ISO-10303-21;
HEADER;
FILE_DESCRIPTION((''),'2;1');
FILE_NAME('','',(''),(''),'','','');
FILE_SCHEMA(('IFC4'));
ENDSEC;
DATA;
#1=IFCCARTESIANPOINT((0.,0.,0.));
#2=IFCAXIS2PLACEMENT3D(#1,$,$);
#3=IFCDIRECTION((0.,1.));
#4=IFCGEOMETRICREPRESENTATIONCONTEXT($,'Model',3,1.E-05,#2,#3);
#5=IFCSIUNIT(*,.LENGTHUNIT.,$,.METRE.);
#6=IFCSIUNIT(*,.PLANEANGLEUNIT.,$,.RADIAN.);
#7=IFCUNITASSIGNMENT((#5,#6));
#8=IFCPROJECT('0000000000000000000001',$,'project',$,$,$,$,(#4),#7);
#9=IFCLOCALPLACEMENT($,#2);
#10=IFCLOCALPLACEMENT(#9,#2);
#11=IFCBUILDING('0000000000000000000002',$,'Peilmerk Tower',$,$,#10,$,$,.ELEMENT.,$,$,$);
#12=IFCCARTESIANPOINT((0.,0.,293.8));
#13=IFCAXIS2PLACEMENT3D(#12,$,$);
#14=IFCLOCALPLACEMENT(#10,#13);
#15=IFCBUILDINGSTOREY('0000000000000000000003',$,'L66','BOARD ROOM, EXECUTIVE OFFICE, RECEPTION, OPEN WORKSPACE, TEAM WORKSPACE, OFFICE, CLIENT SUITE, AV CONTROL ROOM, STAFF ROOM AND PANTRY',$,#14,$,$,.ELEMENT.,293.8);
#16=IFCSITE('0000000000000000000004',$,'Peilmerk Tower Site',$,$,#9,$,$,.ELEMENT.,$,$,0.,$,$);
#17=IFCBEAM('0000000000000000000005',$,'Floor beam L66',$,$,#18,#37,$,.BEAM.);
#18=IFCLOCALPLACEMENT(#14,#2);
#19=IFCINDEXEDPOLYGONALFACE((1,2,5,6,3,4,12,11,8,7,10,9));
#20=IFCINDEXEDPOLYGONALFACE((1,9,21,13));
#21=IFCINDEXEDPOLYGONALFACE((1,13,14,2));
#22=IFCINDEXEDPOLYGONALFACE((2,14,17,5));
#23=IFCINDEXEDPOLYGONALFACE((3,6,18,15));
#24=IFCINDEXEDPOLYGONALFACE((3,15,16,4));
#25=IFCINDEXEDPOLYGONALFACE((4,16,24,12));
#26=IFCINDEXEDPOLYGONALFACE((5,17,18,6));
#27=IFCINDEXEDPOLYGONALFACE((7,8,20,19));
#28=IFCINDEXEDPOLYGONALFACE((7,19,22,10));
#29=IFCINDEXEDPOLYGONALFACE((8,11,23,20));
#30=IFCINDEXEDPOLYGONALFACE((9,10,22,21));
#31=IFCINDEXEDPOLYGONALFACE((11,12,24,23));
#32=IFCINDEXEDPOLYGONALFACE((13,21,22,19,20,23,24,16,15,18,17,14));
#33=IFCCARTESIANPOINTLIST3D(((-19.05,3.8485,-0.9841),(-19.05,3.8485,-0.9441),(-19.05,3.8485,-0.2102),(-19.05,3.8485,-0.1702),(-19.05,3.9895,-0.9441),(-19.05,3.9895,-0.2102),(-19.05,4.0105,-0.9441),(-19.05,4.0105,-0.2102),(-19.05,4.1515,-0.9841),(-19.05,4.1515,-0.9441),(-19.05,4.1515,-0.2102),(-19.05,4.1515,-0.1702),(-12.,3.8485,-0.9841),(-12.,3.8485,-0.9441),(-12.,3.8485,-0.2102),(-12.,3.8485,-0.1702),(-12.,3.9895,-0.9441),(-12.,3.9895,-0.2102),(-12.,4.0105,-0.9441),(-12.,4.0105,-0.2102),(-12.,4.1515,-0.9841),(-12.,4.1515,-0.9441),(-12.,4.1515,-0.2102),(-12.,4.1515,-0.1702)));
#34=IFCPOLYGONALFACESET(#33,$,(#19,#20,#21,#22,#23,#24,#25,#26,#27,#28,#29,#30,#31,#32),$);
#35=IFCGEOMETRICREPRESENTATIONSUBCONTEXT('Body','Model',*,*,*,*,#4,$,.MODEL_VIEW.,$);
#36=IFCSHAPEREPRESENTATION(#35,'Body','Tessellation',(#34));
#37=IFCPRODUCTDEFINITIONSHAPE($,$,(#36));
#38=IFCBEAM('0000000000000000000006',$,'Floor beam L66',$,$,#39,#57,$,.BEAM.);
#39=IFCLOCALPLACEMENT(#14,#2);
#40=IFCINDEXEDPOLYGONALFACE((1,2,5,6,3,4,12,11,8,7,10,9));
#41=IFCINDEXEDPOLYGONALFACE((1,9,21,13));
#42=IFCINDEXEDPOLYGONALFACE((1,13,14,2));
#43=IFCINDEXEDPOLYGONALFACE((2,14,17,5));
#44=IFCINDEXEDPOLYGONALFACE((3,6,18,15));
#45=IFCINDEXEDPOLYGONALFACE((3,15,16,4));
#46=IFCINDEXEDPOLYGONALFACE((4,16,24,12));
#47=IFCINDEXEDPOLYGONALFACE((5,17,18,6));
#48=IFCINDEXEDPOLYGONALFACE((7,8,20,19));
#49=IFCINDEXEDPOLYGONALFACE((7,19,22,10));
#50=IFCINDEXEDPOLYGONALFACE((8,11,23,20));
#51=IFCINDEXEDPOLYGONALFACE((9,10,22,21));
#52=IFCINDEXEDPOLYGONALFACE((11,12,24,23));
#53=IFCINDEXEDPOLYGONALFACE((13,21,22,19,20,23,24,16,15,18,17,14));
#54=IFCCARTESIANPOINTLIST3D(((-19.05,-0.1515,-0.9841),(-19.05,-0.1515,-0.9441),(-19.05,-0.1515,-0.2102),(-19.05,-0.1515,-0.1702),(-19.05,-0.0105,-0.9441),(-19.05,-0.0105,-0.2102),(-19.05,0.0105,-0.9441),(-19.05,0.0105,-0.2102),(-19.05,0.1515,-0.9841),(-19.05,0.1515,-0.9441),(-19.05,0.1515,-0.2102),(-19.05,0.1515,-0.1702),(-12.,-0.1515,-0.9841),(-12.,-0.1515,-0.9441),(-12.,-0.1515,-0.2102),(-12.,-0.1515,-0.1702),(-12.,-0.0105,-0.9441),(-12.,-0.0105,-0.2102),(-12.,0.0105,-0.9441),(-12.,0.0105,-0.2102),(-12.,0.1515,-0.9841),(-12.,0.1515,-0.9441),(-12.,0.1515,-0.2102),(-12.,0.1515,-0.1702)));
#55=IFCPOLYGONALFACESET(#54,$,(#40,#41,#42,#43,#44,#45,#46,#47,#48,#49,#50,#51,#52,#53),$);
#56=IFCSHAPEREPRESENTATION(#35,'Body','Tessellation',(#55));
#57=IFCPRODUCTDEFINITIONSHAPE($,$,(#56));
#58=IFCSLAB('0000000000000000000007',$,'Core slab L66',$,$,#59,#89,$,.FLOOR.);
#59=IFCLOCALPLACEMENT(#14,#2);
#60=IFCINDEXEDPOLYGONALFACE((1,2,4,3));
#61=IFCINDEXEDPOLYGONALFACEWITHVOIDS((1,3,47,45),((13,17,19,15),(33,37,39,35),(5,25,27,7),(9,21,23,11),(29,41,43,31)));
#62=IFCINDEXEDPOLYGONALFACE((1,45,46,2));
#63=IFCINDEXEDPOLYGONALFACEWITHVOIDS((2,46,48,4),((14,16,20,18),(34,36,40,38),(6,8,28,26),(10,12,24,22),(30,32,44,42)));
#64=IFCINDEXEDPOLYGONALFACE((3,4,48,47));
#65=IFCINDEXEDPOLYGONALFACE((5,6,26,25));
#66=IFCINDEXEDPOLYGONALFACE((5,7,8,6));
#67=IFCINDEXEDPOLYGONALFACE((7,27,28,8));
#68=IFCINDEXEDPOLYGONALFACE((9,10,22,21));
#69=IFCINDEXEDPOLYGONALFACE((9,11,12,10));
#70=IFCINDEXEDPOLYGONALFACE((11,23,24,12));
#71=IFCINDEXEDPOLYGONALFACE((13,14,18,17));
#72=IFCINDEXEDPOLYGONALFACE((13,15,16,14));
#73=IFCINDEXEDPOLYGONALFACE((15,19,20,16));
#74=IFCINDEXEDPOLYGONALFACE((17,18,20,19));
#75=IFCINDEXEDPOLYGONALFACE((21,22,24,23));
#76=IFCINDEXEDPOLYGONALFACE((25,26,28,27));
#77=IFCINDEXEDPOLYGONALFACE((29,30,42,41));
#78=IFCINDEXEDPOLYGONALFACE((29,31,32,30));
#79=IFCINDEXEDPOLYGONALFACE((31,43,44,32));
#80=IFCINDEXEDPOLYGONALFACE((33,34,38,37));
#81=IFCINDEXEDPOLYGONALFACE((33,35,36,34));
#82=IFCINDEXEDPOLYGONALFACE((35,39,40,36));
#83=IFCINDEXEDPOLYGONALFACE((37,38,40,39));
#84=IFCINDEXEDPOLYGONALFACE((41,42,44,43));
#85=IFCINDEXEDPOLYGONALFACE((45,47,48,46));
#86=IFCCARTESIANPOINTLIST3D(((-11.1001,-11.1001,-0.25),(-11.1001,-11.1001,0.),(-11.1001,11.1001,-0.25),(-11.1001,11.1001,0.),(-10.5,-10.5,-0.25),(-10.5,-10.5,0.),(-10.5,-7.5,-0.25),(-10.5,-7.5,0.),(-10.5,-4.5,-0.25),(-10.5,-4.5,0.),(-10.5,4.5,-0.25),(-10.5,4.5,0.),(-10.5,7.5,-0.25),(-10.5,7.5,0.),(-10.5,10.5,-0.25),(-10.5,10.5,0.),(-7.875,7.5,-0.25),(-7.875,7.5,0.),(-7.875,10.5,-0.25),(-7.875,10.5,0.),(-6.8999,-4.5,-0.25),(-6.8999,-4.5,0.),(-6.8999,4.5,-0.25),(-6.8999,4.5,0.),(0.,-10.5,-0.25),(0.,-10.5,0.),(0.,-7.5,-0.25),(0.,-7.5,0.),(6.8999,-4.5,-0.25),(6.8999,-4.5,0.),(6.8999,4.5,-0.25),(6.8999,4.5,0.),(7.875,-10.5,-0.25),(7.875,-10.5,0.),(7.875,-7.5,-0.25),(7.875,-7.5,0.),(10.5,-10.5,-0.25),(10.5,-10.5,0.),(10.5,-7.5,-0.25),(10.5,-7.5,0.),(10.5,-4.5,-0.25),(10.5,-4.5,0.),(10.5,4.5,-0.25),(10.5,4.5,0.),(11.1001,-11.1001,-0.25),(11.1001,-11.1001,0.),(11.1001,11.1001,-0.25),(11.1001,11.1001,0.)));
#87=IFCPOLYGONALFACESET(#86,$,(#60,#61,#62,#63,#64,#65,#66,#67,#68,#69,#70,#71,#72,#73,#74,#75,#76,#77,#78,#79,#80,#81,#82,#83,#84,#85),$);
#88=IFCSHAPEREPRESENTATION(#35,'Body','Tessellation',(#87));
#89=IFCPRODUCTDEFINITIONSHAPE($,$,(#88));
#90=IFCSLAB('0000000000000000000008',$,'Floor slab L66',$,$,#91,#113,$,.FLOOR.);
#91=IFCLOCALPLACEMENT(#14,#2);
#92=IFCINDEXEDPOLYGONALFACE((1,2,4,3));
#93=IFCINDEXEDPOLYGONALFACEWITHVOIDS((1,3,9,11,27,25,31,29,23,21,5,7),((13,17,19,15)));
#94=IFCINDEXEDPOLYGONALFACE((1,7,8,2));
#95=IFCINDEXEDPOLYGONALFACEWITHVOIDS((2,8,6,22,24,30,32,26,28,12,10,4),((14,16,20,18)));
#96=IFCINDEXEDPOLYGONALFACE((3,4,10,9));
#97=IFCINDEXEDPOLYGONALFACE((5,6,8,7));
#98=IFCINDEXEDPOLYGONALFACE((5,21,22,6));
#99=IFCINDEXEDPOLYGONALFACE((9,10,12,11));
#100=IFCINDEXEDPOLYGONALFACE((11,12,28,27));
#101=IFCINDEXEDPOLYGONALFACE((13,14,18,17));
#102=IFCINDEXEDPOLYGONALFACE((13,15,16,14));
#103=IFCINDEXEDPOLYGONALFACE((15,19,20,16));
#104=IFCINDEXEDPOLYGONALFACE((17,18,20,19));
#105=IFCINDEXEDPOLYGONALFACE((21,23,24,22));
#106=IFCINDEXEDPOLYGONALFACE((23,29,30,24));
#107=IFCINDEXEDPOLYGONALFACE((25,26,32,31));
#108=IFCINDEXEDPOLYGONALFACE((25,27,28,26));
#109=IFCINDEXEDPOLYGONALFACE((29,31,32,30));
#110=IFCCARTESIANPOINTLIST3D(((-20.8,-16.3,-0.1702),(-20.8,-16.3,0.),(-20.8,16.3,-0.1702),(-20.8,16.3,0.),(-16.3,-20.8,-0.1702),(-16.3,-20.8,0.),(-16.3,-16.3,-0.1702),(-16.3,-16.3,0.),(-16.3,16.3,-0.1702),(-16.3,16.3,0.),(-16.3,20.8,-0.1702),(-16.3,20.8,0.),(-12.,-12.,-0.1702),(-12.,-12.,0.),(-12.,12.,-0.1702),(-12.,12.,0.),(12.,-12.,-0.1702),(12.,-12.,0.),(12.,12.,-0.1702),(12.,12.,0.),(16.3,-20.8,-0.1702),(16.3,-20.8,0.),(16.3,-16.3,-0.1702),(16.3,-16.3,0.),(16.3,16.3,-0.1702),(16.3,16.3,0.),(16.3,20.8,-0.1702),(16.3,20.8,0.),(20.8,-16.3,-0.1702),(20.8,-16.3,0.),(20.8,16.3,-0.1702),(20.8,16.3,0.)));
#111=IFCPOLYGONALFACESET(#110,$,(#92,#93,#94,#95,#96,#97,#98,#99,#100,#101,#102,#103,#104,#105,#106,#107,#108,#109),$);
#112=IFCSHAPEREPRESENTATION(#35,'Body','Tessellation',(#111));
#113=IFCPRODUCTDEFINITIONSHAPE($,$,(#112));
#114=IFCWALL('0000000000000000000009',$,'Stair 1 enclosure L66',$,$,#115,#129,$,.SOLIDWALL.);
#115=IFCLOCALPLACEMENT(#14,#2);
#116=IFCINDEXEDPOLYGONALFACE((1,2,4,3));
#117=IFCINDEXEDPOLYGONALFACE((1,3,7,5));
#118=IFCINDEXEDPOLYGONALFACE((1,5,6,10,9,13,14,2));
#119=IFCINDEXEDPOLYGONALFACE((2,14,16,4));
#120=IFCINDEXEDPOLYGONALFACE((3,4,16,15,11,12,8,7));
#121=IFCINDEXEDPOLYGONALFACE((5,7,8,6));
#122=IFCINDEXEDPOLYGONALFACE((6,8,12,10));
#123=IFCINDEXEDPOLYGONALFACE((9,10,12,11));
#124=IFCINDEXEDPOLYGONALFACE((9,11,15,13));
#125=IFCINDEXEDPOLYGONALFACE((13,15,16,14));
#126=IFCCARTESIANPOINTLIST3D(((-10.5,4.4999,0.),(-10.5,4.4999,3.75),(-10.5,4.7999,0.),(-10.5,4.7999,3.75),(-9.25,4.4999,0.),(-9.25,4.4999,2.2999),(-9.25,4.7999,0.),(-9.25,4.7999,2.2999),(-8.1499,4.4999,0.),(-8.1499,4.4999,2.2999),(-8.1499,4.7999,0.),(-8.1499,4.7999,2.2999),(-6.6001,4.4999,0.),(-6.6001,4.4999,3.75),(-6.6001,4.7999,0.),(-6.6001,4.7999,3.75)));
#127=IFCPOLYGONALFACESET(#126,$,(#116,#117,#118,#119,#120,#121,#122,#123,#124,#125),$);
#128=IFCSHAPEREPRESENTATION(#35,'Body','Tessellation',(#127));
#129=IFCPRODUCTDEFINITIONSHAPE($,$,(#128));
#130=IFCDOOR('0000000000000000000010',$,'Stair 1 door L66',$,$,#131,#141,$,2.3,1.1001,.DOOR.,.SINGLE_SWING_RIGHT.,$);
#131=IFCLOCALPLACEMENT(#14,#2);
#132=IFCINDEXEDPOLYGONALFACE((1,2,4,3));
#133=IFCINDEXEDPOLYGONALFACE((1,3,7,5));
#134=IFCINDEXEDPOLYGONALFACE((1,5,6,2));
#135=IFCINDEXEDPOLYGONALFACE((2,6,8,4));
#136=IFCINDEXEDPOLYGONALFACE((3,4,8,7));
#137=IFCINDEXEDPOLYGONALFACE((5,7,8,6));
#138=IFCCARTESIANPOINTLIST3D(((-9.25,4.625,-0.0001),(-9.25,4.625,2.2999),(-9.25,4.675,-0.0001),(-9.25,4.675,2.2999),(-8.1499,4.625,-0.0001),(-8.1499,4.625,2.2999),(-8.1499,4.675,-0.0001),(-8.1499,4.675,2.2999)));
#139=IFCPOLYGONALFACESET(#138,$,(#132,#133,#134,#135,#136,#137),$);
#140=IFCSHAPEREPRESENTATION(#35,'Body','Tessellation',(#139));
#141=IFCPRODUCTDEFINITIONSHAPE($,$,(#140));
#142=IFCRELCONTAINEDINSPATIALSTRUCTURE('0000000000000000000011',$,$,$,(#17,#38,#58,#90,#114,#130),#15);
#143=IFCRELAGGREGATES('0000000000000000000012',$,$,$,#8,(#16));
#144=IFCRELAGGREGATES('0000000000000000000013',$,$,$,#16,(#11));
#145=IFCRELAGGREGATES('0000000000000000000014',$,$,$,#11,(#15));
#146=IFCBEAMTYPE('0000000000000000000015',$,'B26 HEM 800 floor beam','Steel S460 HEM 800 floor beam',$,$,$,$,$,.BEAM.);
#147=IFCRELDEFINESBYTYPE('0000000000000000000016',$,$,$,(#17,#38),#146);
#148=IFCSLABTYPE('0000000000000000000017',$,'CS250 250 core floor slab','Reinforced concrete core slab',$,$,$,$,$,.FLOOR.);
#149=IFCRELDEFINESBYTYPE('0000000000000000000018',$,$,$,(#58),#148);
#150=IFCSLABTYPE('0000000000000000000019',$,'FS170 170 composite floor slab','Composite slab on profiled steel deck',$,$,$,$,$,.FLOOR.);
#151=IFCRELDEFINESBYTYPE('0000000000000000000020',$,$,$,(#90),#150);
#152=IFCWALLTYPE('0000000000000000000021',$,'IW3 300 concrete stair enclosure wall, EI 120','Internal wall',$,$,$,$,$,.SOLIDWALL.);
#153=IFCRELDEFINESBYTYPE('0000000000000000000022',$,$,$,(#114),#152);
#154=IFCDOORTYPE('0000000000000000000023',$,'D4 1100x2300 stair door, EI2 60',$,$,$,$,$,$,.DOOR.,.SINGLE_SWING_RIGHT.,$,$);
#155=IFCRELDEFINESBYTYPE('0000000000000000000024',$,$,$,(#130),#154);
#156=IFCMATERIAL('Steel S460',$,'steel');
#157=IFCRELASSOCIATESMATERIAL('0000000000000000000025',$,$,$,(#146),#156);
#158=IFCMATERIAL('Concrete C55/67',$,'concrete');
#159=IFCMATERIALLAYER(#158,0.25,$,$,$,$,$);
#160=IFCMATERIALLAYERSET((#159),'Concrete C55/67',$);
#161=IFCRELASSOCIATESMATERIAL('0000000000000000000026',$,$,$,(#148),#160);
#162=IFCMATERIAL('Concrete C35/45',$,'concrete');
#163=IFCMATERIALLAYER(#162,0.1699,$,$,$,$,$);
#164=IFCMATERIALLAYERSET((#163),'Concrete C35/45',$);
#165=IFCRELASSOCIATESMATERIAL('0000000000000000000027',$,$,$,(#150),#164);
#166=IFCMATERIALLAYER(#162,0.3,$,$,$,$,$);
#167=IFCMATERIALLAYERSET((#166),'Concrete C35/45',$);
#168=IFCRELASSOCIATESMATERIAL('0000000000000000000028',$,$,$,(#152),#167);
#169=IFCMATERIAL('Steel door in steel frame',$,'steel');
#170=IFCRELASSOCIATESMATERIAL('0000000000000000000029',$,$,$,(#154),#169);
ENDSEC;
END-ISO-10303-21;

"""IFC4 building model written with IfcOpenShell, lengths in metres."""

from ifc_helpers import new_model, si_unit, direction, frame, frame_2d, origin, origin_2d, place, context, subcontext, project, spatial, polyline, rectangle, i_section, outline, extrude, material, layer, layer_set, material_profile, profile_set, type_object, element, fill, save


model = new_model("IFC4")

# Units and contexts
model_context = context("Model", 3, precision=1e-05, world=origin(), true_north=direction((0.0, 1.0)))
body_context = subcontext(model_context, "Body", "Model", "MODEL_VIEW")
ifc_project = project(units=[si_unit("LENGTHUNIT", "METRE"), si_unit("PLANEANGLEUNIT", "RADIAN")], contexts=[model_context])

# Site, building, storey
site_placement = place(None, origin())
site = spatial("IfcSite", under=ifc_project, at=site_placement, Name="Peilmerk Tower Site", CompositionType="ELEMENT", RefElevation=0.0)
building_placement = place(site_placement, origin())
building = spatial("IfcBuilding", under=site, at=building_placement, Name="Peilmerk Tower", CompositionType="ELEMENT")
storey_placement = place(building_placement, frame((0.0, 0.0, 293.8)))
storey = spatial("IfcBuildingStorey", under=building, at=storey_placement, Name="L66", Description="BOARD ROOM, EXECUTIVE OFFICE, RECEPTION, OPEN WORKSPACE, TEAM WORKSPACE, OFFICE, CLIENT SUITE, AV CONTROL ROOM, STAFF ROOM AND PANTRY", CompositionType="ELEMENT", Elevation=293.8)

# Beams
ifc_material_1 = material(Name="Steel S460", Category="steel")
ifc_material_profile = material_profile(ifc_material_1, i_section(OverallWidth=0.303, OverallDepth=0.814, WebThickness=0.021, FlangeThickness=0.04, at=origin_2d()), Name="HEM 800")
ifc_profile_set = profile_set([ifc_material_profile], Name="Steel S460")
beam_type = type_object("IfcBeamType", Name="B26 HEM 800 floor beam", Description="Steel S460 HEM 800 floor beam", PredefinedType="BEAM", material=ifc_profile_set)
for number, where, z_axis, x_axis, name in (
    (1, (-12.0, 4.0, -0.5771), (-1.0, 0.0, 0.0), (0.0, -1.0, 0.0), "Floor beam L66"),
    (2, (-12.0, 0.0, -0.5771), (-1.0, 0.0, 0.0), (0.0, -1.0, 0.0), "Floor beam L66"),
):
    element("IfcBeam", number, at=place(storey_placement, frame(where, z_axis=z_axis, x_axis=x_axis)), inside=storey, type_object=beam_type, Name=name, PredefinedType="BEAM", context=body_context, shape_type="SweptSolid", body=[
        extrude(i_section(OverallWidth=0.303, OverallDepth=0.814, WebThickness=0.021, FlangeThickness=0.04, at=origin_2d()), origin(), (0.0, 0.0, 1.0), 7.05),
    ])

# Slabs
ifc_material_2 = material(Name="Concrete C55/67", Category="concrete")
ifc_layer_1 = layer(ifc_material_2, 0.25)
ifc_layer_set_1 = layer_set([ifc_layer_1], Name="Concrete C55/67")
slab_type_1 = type_object("IfcSlabType", Name="CS250 250 core floor slab", Description="Reinforced concrete core slab", PredefinedType="FLOOR", material=ifc_layer_set_1)
slab_1_placement = place(storey_placement, frame((0.0, 0.0, -0.25)))
element("IfcSlab", 3, at=slab_1_placement, inside=storey, type_object=slab_type_1, Name="Core slab L66", PredefinedType="FLOOR", context=body_context, shape_type="SweptSolid", body=[
    extrude(outline(polyline([(11.1001, -11.1001), (11.1001, 11.1001), (-11.1001, 11.1001), (-11.1001, -11.1001), (11.1001, -11.1001)]), holes=[polyline([(-7.875, 7.5), (-10.5, 7.5), (-10.5, 10.5), (-7.875, 10.5), (-7.875, 7.5)]), polyline([(0.0, -10.5), (-10.5, -10.5), (-10.5, -7.5), (0.0, -7.5), (0.0, -10.5)]), polyline([(7.875, -10.5), (7.875, -7.5), (10.5, -7.5), (10.5, -10.5), (7.875, -10.5)]), polyline([(-10.5, 4.5), (-6.8999, 4.5), (-6.8999, -4.5), (-10.5, -4.5), (-10.5, 4.5)]), polyline([(10.5, 4.5), (10.5, -4.5), (6.8999, -4.5), (6.8999, 4.5), (10.5, 4.5)])]), origin(), (0.0, 0.0, 1.0), 0.25),
])
ifc_material_3 = material(Name="Concrete C35/45", Category="concrete")
ifc_layer_2 = layer(ifc_material_3, 0.1699)
ifc_layer_set_2 = layer_set([ifc_layer_2], Name="Concrete C35/45")
slab_type_2 = type_object("IfcSlabType", Name="FS170 170 composite floor slab", Description="Composite slab on profiled steel deck", PredefinedType="FLOOR", material=ifc_layer_set_2)
slab_2_placement = place(storey_placement, frame((0.0, 0.0, -0.1702)))
element("IfcSlab", 4, at=slab_2_placement, inside=storey, type_object=slab_type_2, Name="Floor slab L66", PredefinedType="FLOOR", context=body_context, shape_type="SweptSolid", body=[
    extrude(outline(polyline([(-16.3, -20.8), (16.3, -20.8), (16.3, -16.3), (20.8, -16.3), (20.8, 16.3), (16.3, 16.3), (16.3, 20.8), (-16.3, 20.8), (-16.3, 16.3), (-20.8, 16.3), (-20.8, -16.3), (-16.3, -16.3), (-16.3, -20.8)]), holes=[polyline([(12.0, 12.0), (12.0, -12.0), (-12.0, -12.0), (-12.0, 12.0), (12.0, 12.0)])]), origin(), (0.0, 0.0, 1.0), 0.1702),
])

# Wall, opening, door
ifc_layer_3 = layer(ifc_material_3, 0.3)
ifc_layer_set_3 = layer_set([ifc_layer_3], Name="Concrete C35/45")
wall_type_1 = type_object("IfcWallType", Name="IW3 300 concrete stair enclosure wall, EI 120", Description="Internal wall", PredefinedType="SOLIDWALL", material=ifc_layer_set_3)
wall_1_placement = place(storey_placement, frame((-10.5, 4.6499, 0.0), z_axis=(0.0, 0.0, 1.0), x_axis=(1.0, 0.0, 0.0)))
wall_1 = element("IfcWall", 5, at=wall_1_placement, inside=storey, type_object=wall_type_1, Name="Stair 1 enclosure L66", PredefinedType="SOLIDWALL", context=body_context, shape_type="SweptSolid", body=[
    extrude(rectangle(XDim=3.8999, YDim=0.3, at=frame_2d((1.95, 0.0))), origin(), (0.0, 0.0, 1.0), 3.75),
])
opening_1_placement = place(wall_1_placement, frame((1.25, 0.0, 0.0)))
opening_1 = element("IfcOpeningElement", 6, at=opening_1_placement, cuts=wall_1, PredefinedType="OPENING", context=body_context, shape_type="SweptSolid", body=[
    extrude(rectangle(XDim=1.1001, YDim=2.3, at=frame_2d((0.55, 1.1499))), frame((0.0, 0.1599, 0.0), z_axis=(0.0, -1.0, 0.0), x_axis=(1.0, 0.0, 0.0)), (0.0, 0.0, 1.0), 0.3201),
])
ifc_material_4 = material(Name="Steel door in steel frame", Category="steel")
door_type_1 = type_object("IfcDoorType", Name="D4 1100x2300 stair door, EI2 60", OperationType="SINGLE_SWING_RIGHT", PredefinedType="DOOR", material=ifc_material_4)
door_1_placement = place(opening_1_placement, frame((1.1001, 0.0, 0.0), z_axis=(0.0, 0.0, 1.0), x_axis=(-1.0, 0.0, 0.0)))
door_1 = element("IfcDoor", 7, at=door_1_placement, inside=storey, type_object=door_type_1, Name="Stair 1 door L66", OperationType="SINGLE_SWING_RIGHT", OverallHeight=2.3, OverallWidth=1.1001, PredefinedType="DOOR", context=body_context, shape_type="SweptSolid", body=[
    extrude(rectangle(XDim=1.1001, YDim=2.3, at=frame_2d((0.55, 1.1499))), frame((0.0, 0.0249, 0.0), z_axis=(0.0, -1.0, 0.0), x_axis=(1.0, 0.0, 0.0)), (0.0, 0.0, 1.0), 0.05),
])
fill(opening_1, door_1)

save(model, "model.ifc")
